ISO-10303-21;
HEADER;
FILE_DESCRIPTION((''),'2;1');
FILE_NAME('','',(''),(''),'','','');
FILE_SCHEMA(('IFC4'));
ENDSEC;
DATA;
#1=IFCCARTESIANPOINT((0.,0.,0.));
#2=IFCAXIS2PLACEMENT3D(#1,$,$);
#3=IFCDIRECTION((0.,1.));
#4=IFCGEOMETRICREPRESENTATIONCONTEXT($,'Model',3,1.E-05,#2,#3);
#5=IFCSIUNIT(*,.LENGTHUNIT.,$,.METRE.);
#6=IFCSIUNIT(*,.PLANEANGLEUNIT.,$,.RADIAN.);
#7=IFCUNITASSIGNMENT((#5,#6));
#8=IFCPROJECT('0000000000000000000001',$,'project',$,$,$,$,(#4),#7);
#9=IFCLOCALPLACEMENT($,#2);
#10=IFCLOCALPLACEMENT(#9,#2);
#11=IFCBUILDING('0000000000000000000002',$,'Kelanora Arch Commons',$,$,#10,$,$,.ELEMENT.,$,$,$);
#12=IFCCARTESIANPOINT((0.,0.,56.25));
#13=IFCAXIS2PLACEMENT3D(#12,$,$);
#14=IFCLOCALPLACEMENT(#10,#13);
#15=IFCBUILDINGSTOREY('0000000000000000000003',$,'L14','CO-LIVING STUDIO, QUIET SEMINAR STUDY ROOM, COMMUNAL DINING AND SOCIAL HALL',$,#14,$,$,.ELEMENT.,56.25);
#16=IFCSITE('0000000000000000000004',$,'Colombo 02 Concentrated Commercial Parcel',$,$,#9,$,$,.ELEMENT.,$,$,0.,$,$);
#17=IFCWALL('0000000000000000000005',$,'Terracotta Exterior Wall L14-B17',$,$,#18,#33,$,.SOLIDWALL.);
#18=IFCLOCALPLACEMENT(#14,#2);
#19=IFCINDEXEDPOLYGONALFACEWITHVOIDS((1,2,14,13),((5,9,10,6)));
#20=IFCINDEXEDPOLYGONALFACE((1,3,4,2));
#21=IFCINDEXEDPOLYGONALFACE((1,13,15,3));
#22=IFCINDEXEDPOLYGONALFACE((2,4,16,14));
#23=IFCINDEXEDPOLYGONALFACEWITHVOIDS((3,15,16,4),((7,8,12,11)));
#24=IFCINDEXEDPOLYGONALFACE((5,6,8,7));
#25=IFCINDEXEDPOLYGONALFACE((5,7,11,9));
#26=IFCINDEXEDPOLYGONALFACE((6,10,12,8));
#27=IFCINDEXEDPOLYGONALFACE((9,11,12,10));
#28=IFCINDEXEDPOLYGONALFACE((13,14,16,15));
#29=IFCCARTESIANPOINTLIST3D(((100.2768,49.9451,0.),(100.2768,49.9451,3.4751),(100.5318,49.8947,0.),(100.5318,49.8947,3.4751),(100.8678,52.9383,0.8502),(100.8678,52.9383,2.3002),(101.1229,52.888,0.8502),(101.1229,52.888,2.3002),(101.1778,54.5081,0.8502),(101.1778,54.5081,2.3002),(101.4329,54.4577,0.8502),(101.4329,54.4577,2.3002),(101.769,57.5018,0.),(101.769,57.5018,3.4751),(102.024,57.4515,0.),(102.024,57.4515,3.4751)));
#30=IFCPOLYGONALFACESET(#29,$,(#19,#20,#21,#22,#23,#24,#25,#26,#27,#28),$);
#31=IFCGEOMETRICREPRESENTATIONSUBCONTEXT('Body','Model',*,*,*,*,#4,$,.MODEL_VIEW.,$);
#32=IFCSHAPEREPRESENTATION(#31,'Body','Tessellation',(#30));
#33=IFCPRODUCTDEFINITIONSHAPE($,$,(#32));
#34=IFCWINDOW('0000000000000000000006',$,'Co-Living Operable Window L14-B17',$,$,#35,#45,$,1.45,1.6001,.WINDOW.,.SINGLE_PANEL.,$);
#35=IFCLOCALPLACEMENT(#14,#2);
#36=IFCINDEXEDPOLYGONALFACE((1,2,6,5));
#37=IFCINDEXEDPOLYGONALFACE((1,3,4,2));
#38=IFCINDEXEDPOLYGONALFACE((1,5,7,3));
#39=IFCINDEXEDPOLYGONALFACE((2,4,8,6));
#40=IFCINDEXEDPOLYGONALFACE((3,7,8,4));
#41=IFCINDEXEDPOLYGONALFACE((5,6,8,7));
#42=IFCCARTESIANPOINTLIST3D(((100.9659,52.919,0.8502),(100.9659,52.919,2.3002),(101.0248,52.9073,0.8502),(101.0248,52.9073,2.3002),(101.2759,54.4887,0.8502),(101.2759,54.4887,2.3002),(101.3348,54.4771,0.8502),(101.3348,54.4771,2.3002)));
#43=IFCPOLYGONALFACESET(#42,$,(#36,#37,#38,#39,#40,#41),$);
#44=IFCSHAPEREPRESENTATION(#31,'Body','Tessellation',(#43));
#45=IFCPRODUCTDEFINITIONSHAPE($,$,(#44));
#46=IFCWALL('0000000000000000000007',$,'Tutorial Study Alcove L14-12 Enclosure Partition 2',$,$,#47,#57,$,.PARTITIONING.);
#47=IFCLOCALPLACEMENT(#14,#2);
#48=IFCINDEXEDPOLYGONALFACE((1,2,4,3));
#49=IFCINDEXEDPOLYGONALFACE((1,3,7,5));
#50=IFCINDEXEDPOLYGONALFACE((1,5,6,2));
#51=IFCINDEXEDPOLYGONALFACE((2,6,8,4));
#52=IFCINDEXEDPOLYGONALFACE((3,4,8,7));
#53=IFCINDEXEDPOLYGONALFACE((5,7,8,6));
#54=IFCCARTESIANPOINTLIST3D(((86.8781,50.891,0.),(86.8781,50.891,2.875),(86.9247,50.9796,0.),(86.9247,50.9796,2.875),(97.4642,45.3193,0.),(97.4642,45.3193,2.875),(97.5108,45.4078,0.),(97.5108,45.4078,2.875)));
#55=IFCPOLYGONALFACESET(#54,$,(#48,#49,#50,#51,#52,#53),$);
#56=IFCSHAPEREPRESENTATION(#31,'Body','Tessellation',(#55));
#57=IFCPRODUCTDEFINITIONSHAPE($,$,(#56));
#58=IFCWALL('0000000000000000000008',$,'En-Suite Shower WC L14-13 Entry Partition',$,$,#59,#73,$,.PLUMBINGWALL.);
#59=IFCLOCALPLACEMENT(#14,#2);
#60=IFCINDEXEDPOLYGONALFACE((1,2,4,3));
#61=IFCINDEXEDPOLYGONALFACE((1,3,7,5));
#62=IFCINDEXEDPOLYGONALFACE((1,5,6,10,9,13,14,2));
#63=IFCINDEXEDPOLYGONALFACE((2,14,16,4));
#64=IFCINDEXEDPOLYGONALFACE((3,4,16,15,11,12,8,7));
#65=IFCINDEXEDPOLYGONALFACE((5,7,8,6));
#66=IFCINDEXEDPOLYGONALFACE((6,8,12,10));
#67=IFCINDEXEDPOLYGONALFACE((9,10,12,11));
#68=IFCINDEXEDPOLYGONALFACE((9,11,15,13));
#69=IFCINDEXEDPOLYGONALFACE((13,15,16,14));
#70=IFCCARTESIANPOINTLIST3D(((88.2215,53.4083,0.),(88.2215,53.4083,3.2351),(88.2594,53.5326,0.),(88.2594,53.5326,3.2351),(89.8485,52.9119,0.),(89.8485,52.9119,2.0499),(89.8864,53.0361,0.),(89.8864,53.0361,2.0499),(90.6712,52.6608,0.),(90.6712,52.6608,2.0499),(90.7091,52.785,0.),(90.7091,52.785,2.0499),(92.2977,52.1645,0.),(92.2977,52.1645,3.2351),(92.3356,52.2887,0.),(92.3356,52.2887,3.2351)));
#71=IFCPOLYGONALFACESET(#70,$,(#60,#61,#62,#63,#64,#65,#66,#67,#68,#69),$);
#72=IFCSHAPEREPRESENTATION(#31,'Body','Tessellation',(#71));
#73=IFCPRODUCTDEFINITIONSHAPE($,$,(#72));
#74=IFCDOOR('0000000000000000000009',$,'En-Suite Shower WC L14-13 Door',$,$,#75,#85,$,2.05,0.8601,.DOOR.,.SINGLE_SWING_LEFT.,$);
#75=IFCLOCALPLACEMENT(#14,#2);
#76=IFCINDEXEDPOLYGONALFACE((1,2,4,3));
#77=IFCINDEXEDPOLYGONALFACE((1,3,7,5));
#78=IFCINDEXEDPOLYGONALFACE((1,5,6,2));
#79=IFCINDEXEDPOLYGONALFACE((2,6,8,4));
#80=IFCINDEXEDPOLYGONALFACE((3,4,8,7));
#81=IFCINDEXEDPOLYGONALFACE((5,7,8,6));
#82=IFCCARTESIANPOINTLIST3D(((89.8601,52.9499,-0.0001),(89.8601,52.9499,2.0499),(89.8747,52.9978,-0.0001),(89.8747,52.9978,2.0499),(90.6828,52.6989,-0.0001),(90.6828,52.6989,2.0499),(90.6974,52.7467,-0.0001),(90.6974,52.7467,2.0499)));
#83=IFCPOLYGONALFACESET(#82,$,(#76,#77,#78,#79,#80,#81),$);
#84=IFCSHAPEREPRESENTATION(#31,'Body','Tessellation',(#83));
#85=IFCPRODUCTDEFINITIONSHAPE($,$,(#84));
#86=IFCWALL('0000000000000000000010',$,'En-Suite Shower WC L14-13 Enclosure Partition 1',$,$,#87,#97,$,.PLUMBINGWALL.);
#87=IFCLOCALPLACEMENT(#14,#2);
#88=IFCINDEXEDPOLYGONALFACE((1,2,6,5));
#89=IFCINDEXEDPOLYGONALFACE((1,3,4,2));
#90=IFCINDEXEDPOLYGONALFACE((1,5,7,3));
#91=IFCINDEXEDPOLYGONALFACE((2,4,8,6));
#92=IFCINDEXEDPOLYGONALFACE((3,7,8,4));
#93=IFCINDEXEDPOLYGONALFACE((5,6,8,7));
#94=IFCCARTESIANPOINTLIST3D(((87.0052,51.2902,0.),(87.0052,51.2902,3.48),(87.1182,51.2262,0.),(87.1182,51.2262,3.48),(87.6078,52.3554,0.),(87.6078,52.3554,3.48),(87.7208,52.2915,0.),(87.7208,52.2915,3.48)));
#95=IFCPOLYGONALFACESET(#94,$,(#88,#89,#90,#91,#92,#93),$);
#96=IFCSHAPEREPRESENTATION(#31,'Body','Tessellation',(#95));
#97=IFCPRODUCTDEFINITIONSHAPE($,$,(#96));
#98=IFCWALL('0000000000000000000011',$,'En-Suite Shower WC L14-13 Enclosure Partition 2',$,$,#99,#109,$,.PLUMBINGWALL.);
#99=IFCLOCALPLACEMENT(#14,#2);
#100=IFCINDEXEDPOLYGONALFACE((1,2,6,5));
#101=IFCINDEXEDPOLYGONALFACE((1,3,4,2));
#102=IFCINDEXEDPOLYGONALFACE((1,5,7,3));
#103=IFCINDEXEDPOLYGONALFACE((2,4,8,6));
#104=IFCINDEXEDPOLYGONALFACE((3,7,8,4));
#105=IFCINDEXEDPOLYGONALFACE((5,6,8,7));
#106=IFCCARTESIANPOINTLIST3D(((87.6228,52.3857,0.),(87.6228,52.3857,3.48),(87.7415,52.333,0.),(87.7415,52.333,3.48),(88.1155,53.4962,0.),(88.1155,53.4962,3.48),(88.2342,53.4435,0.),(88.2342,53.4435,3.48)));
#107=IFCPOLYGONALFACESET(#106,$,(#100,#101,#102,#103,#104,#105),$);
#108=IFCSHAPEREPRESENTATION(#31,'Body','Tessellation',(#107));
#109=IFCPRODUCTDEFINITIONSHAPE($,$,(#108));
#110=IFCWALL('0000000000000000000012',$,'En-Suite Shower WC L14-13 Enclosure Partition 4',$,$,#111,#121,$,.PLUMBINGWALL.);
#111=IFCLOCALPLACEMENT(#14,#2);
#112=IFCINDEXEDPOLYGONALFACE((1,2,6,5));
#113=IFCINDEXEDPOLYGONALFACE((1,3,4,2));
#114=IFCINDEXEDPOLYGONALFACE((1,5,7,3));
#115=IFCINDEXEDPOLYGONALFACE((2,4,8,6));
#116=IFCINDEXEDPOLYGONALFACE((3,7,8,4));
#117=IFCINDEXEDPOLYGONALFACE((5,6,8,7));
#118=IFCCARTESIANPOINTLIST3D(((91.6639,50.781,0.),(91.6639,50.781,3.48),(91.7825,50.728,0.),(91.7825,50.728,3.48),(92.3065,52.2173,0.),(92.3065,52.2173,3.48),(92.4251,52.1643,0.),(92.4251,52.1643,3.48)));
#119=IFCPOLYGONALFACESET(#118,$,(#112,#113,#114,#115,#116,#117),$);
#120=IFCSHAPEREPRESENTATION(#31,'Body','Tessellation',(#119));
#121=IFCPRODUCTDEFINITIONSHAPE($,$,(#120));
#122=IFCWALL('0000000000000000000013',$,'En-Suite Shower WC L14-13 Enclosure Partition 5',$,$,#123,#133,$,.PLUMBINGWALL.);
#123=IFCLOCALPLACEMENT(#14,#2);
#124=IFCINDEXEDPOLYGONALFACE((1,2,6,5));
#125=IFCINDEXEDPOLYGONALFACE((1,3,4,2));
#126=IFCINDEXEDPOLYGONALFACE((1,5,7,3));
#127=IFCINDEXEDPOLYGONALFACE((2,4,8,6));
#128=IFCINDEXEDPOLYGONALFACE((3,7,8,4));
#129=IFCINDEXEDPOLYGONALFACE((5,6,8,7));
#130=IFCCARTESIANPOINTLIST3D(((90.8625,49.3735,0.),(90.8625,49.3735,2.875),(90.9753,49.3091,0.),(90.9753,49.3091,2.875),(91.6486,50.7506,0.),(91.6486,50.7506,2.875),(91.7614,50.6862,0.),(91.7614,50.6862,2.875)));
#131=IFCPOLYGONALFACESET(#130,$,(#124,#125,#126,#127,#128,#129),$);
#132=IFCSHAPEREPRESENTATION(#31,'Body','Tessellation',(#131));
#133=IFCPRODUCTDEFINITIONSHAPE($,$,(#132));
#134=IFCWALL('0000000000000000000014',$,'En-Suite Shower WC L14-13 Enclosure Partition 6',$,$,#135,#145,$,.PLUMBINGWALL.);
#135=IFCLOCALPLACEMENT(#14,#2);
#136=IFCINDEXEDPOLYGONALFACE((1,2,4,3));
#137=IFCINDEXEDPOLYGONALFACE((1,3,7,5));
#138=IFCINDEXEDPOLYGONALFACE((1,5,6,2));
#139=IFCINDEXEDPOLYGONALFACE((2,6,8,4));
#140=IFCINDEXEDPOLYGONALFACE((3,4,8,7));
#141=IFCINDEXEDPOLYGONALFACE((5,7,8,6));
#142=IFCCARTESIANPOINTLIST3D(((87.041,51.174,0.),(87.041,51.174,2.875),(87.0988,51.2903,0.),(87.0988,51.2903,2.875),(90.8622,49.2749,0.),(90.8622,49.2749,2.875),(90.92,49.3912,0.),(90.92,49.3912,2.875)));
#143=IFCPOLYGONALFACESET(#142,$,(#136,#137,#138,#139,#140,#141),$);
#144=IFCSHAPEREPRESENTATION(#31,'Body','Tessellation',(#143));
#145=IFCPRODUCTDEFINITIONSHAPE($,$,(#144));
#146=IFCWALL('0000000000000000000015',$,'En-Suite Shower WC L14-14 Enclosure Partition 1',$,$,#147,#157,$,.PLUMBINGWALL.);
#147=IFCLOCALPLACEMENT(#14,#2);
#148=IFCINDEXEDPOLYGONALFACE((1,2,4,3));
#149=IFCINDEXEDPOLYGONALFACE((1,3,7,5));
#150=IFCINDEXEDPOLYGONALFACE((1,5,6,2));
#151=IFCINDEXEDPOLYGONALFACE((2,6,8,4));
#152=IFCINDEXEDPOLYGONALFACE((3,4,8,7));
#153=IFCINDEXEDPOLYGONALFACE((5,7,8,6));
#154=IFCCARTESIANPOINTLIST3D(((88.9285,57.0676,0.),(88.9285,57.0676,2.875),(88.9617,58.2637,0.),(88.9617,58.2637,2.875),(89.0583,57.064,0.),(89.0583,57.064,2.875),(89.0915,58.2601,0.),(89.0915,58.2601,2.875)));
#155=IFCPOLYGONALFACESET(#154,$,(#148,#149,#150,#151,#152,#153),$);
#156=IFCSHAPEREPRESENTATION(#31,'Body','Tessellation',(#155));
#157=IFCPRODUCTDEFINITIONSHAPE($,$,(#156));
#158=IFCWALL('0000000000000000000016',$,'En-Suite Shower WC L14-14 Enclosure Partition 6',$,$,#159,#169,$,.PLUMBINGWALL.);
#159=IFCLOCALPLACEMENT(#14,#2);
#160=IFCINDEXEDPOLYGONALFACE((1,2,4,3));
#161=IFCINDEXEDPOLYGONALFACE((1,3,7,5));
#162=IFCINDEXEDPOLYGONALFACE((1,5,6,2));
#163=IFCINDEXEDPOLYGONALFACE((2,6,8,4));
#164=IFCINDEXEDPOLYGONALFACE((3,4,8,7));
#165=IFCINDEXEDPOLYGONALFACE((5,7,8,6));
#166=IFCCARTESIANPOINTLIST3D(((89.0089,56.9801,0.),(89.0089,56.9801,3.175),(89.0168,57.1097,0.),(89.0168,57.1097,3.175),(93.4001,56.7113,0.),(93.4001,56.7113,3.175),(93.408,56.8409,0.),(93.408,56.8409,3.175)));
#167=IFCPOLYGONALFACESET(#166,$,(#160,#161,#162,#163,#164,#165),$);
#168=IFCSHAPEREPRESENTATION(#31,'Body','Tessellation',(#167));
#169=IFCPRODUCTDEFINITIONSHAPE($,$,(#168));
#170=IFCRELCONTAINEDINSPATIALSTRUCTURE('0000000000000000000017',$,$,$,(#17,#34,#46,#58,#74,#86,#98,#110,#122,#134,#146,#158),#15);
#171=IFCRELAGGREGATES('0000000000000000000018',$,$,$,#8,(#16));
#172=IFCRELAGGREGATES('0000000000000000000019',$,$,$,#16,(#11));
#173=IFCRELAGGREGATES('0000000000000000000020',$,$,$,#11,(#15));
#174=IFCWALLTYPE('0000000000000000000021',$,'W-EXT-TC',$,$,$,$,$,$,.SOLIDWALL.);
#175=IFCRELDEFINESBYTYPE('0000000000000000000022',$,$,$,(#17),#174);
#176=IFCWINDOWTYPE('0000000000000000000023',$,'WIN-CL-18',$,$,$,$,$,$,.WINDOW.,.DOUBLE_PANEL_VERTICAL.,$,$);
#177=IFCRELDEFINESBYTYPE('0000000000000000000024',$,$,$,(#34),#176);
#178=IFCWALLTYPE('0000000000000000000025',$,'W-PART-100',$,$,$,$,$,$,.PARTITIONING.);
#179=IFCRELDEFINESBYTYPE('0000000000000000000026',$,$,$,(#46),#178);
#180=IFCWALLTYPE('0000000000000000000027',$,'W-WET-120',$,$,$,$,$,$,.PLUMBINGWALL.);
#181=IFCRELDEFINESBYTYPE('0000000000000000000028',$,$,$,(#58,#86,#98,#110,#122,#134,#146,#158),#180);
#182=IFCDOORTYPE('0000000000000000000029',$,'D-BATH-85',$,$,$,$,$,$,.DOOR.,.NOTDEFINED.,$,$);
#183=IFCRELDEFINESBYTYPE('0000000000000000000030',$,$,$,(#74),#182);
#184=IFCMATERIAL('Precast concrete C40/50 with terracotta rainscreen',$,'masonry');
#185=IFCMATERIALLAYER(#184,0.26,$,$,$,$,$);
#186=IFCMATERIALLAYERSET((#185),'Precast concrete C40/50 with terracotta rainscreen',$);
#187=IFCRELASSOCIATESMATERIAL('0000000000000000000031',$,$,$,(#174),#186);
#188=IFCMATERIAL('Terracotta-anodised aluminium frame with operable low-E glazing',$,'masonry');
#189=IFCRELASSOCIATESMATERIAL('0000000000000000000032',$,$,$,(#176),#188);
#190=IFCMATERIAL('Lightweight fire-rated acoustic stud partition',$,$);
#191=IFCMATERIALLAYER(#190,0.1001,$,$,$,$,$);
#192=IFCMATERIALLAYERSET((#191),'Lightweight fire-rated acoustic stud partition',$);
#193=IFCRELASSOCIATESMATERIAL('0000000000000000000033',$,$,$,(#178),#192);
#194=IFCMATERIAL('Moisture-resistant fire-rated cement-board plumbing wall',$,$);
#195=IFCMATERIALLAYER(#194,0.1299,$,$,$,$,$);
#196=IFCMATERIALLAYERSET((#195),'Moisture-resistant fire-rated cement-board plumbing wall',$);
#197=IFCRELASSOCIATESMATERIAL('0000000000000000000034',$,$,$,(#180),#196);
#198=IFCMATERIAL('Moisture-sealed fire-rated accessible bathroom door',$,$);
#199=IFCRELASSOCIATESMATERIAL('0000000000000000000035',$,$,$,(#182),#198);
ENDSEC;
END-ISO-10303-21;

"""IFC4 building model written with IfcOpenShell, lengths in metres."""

from ifc_helpers import new_model, si_unit, direction, frame, frame_2d, origin, place, context, subcontext, project, spatial, rectangle, extrude, material, layer, layer_set, type_object, element, fill, save


model = new_model("IFC4")

# Units and contexts
model_context = context("Model", 3, precision=1e-05, world=origin(), true_north=direction((0.0, 1.0)))
body_context = subcontext(model_context, "Body", "Model", "MODEL_VIEW")
ifc_project = project(units=[si_unit("LENGTHUNIT", "METRE"), si_unit("PLANEANGLEUNIT", "RADIAN")], contexts=[model_context])

# Site, building, storey
site_placement = place(None, origin())
site = spatial("IfcSite", under=ifc_project, at=site_placement, Name="Colombo 02 Concentrated Commercial Parcel", CompositionType="ELEMENT", RefElevation=0.0)
building_placement = place(site_placement, origin())
building = spatial("IfcBuilding", under=site, at=building_placement, Name="Kelanora Arch Commons", CompositionType="ELEMENT")
storey_placement = place(building_placement, frame((0.0, 0.0, 56.25)))
storey = spatial("IfcBuildingStorey", under=building, at=storey_placement, Name="L14", Description="CO-LIVING STUDIO, QUIET SEMINAR STUDY ROOM, COMMUNAL DINING AND SOCIAL HALL", CompositionType="ELEMENT", Elevation=56.25)

# Wall, opening, window
ifc_material_1 = material(Name="Precast concrete C40/50 with terracotta rainscreen", Category="masonry")
ifc_layer_1 = layer(ifc_material_1, 0.26)
ifc_layer_set_1 = layer_set([ifc_layer_1], Name="Precast concrete C40/50 with terracotta rainscreen")
wall_type_1 = type_object("IfcWallType", Name="W-EXT-TC", PredefinedType="SOLIDWALL", material=ifc_layer_set_1)
wall_1_placement = place(storey_placement, frame((100.4043, 49.9199, 0.0), z_axis=(0.0, 0.0, 1.0), x_axis=(0.193726, 0.981056, 0.0)))
wall_1 = element("IfcWall", 1, at=wall_1_placement, inside=storey, type_object=wall_type_1, Name="Terracotta Exterior Wall L14-B17", PredefinedType="SOLIDWALL", context=body_context, shape_type="SweptSolid", body=[
    extrude(rectangle(XDim=7.7026, YDim=0.26, at=frame_2d((3.8513, 0.0))), origin(), (0.0, 0.0, 1.0), 3.4751),
])
opening_1_placement = place(wall_1_placement, frame((3.051, 0.0, 0.8501)))
opening_1 = element("IfcOpeningElement", 2, at=opening_1_placement, cuts=wall_1, PredefinedType="OPENING", context=body_context, shape_type="SweptSolid", body=[
    extrude(rectangle(XDim=1.6001, YDim=1.45, at=frame_2d((0.8, 0.7251))), frame((0.0, 0.1401, 0.0), z_axis=(0.0, -1.0, 0.0), x_axis=(1.0, 0.0, 0.0)), (0.0, 0.0, 1.0), 0.28),
])
ifc_material_2 = material(Name="Terracotta-anodised aluminium frame with operable low-E glazing", Category="masonry")
window_type = type_object("IfcWindowType", Name="WIN-CL-18", PartitioningType="DOUBLE_PANEL_VERTICAL", PredefinedType="WINDOW", material=ifc_material_2)
window_placement = place(opening_1_placement, origin())
window = element("IfcWindow", 3, at=window_placement, inside=storey, type_object=window_type, Name="Co-Living Operable Window L14-B17", OverallHeight=1.45, OverallWidth=1.6001, PartitioningType="SINGLE_PANEL", PredefinedType="WINDOW", context=body_context, shape_type="SweptSolid", body=[
    extrude(rectangle(XDim=1.6001, YDim=1.45, at=frame_2d((0.8, 0.7251))), frame((0.0, 0.03, 0.0), z_axis=(0.0, -1.0, 0.0), x_axis=(1.0, 0.0, 0.0)), (0.0, 0.0, 1.0), 0.0601),
])
fill(opening_1, window)

# Wall
ifc_material_3 = material(Name="Lightweight fire-rated acoustic stud partition")
ifc_layer_2 = layer(ifc_material_3, 0.1001)
ifc_layer_set_2 = layer_set([ifc_layer_2], Name="Lightweight fire-rated acoustic stud partition")
wall_type_2 = type_object("IfcWallType", Name="W-PART-100", PredefinedType="PARTITIONING", material=ifc_layer_set_2)
wall_2_placement = place(storey_placement, frame((86.9014, 50.9353, 0.0), z_axis=(0.0, 0.0, 1.0), x_axis=(0.884915, -0.465753, 0.0)))
element("IfcWall", 4, at=wall_2_placement, inside=storey, type_object=wall_type_2, Name="Tutorial Study Alcove L14-12 Enclosure Partition 2", PredefinedType="PARTITIONING", context=body_context, shape_type="SweptSolid", body=[
    extrude(rectangle(XDim=11.9629, YDim=0.1001, at=frame_2d((5.9814, 0.0))), origin(), (0.0, 0.0, 1.0), 2.875),
])

# Wall, opening, door
ifc_material_4 = material(Name="Moisture-resistant fire-rated cement-board plumbing wall")
ifc_layer_3 = layer(ifc_material_4, 0.1299)
ifc_layer_set_3 = layer_set([ifc_layer_3], Name="Moisture-resistant fire-rated cement-board plumbing wall")
wall_type_3 = type_object("IfcWallType", Name="W-WET-120", PredefinedType="PLUMBINGWALL", material=ifc_layer_set_3)
wall_3_placement = place(storey_placement, frame((88.2405, 53.4705, 0.0), z_axis=(0.0, 0.0, 1.0), x_axis=(0.956456, -0.291875, 0.0)))
wall_3 = element("IfcWall", 5, at=wall_3_placement, inside=storey, type_object=wall_type_3, Name="En-Suite Shower WC L14-13 Entry Partition", PredefinedType="PLUMBINGWALL", context=body_context, shape_type="SweptSolid", body=[
    extrude(rectangle(XDim=4.2617, YDim=0.1299, at=frame_2d((2.1309, 0.0))), origin(), (0.0, 0.0, 1.0), 3.2351),
])
opening_2_placement = place(wall_3_placement, frame((1.7009, 0.0, 0.0)))
opening_2 = element("IfcOpeningElement", 6, at=opening_2_placement, cuts=wall_3, PredefinedType="OPENING", context=body_context, shape_type="SweptSolid", body=[
    extrude(rectangle(XDim=0.8601, YDim=2.05, at=frame_2d((0.4302, 1.0249))), frame((0.0, 0.075, 0.0), z_axis=(0.0, -1.0, 0.0), x_axis=(1.0, 0.0, 0.0)), (0.0, 0.0, 1.0), 0.1499),
])
ifc_material_5 = material(Name="Moisture-sealed fire-rated accessible bathroom door")
door_type_1 = type_object("IfcDoorType", Name="D-BATH-85", OperationType="NOTDEFINED", PredefinedType="DOOR", material=ifc_material_5)
door_1_placement = place(opening_2_placement, origin())
door_1 = element("IfcDoor", 7, at=door_1_placement, inside=storey, type_object=door_type_1, Name="En-Suite Shower WC L14-13 Door", OperationType="SINGLE_SWING_LEFT", OverallHeight=2.05, OverallWidth=0.8601, PredefinedType="DOOR", context=body_context, shape_type="SweptSolid", body=[
    extrude(rectangle(XDim=0.8601, YDim=2.05, at=frame_2d((0.4302, 1.0249))), frame((0.0, 0.0249, 0.0), z_axis=(0.0, -1.0, 0.0), x_axis=(1.0, 0.0, 0.0)), (0.0, 0.0, 1.0), 0.05),
])
fill(opening_2, door_1)

# Walls
wall_4_placement = place(storey_placement, frame((87.0618, 51.2583, 0.0), z_axis=(0.0, 0.0, 1.0), x_axis=(0.492353, 0.870396, 0.0)))
element("IfcWall", 8, at=wall_4_placement, inside=storey, type_object=wall_type_3, Name="En-Suite Shower WC L14-13 Enclosure Partition 1", PredefinedType="PLUMBINGWALL", context=body_context, shape_type="SweptSolid", body=[
    extrude(rectangle(XDim=1.2239, YDim=0.1299, at=frame_2d((0.6118, 0.0))), origin(), (0.0, 0.0, 1.0), 3.48),
])
wall_5_placement = place(storey_placement, frame((87.6821, 52.3594, 0.0), z_axis=(0.0, 0.0, 1.0), x_axis=(0.405579, 0.91406, 0.0)))
element("IfcWall", 9, at=wall_5_placement, inside=storey, type_object=wall_type_3, Name="En-Suite Shower WC L14-13 Enclosure Partition 2", PredefinedType="PLUMBINGWALL", context=body_context, shape_type="SweptSolid", body=[
    extrude(rectangle(XDim=1.2148, YDim=0.1299, at=frame_2d((0.6074, 0.0))), origin(), (0.0, 0.0, 1.0), 3.48),
])
wall_6_placement = place(storey_placement, frame((92.3657, 52.1907, 0.0), z_axis=(0.0, 0.0, 1.0), x_axis=(-0.408383, -0.912811, 0.0)))
element("IfcWall", 10, at=wall_6_placement, inside=storey, type_object=wall_type_3, Name="En-Suite Shower WC L14-13 Enclosure Partition 4", PredefinedType="PLUMBINGWALL", context=body_context, shape_type="SweptSolid", body=[
    extrude(rectangle(XDim=1.5735, YDim=0.1299, at=frame_2d((0.7866, 0.0))), origin(), (0.0, 0.0, 1.0), 3.48),
])
wall_7_placement = place(storey_placement, frame((91.7051, 50.7185, 0.0), z_axis=(0.0, 0.0, 1.0), x_axis=(-0.495741, -0.86847, 0.0)))
element("IfcWall", 11, at=wall_7_placement, inside=storey, type_object=wall_type_3, Name="En-Suite Shower WC L14-13 Enclosure Partition 5", PredefinedType="PLUMBINGWALL", context=body_context, shape_type="SweptSolid", body=[
    extrude(rectangle(XDim=1.5857, YDim=0.1299, at=frame_2d((0.793, 0.0))), origin(), (0.0, 0.0, 1.0), 2.875),
])
wall_8_placement = place(storey_placement, frame((90.8911, 49.333, 0.0), z_axis=(0.0, 0.0, 1.0), x_axis=(-0.8955, 0.445061, 0.0)))
element("IfcWall", 12, at=wall_8_placement, inside=storey, type_object=wall_type_3, Name="En-Suite Shower WC L14-13 Enclosure Partition 6", PredefinedType="PLUMBINGWALL", context=body_context, shape_type="SweptSolid", body=[
    extrude(rectangle(XDim=4.2671, YDim=0.1299, at=frame_2d((2.1335, 0.0))), origin(), (0.0, 0.0, 1.0), 2.875),
])
wall_9_placement = place(storey_placement, frame((88.9934, 57.0659, 0.0), z_axis=(0.0, 0.0, 1.0), x_axis=(0.02775, 0.999615, 0.0)))
element("IfcWall", 13, at=wall_9_placement, inside=storey, type_object=wall_type_3, Name="En-Suite Shower WC L14-14 Enclosure Partition 1", PredefinedType="PLUMBINGWALL", context=body_context, shape_type="SweptSolid", body=[
    extrude(rectangle(XDim=1.1965, YDim=0.1299, at=frame_2d((0.5981, 0.0))), origin(), (0.0, 0.0, 1.0), 2.875),
])
wall_10_placement = place(storey_placement, frame((93.4041, 56.7761, 0.0), z_axis=(0.0, 0.0, 1.0), x_axis=(-0.998132, 0.0611, 0.0)))
element("IfcWall", 14, at=wall_10_placement, inside=storey, type_object=wall_type_3, Name="En-Suite Shower WC L14-14 Enclosure Partition 6", PredefinedType="PLUMBINGWALL", context=body_context, shape_type="SweptSolid", body=[
    extrude(rectangle(XDim=4.3994, YDim=0.1299, at=frame_2d((2.1997, 0.0))), origin(), (0.0, 0.0, 1.0), 3.175),
])

save(model, "model.ifc")
